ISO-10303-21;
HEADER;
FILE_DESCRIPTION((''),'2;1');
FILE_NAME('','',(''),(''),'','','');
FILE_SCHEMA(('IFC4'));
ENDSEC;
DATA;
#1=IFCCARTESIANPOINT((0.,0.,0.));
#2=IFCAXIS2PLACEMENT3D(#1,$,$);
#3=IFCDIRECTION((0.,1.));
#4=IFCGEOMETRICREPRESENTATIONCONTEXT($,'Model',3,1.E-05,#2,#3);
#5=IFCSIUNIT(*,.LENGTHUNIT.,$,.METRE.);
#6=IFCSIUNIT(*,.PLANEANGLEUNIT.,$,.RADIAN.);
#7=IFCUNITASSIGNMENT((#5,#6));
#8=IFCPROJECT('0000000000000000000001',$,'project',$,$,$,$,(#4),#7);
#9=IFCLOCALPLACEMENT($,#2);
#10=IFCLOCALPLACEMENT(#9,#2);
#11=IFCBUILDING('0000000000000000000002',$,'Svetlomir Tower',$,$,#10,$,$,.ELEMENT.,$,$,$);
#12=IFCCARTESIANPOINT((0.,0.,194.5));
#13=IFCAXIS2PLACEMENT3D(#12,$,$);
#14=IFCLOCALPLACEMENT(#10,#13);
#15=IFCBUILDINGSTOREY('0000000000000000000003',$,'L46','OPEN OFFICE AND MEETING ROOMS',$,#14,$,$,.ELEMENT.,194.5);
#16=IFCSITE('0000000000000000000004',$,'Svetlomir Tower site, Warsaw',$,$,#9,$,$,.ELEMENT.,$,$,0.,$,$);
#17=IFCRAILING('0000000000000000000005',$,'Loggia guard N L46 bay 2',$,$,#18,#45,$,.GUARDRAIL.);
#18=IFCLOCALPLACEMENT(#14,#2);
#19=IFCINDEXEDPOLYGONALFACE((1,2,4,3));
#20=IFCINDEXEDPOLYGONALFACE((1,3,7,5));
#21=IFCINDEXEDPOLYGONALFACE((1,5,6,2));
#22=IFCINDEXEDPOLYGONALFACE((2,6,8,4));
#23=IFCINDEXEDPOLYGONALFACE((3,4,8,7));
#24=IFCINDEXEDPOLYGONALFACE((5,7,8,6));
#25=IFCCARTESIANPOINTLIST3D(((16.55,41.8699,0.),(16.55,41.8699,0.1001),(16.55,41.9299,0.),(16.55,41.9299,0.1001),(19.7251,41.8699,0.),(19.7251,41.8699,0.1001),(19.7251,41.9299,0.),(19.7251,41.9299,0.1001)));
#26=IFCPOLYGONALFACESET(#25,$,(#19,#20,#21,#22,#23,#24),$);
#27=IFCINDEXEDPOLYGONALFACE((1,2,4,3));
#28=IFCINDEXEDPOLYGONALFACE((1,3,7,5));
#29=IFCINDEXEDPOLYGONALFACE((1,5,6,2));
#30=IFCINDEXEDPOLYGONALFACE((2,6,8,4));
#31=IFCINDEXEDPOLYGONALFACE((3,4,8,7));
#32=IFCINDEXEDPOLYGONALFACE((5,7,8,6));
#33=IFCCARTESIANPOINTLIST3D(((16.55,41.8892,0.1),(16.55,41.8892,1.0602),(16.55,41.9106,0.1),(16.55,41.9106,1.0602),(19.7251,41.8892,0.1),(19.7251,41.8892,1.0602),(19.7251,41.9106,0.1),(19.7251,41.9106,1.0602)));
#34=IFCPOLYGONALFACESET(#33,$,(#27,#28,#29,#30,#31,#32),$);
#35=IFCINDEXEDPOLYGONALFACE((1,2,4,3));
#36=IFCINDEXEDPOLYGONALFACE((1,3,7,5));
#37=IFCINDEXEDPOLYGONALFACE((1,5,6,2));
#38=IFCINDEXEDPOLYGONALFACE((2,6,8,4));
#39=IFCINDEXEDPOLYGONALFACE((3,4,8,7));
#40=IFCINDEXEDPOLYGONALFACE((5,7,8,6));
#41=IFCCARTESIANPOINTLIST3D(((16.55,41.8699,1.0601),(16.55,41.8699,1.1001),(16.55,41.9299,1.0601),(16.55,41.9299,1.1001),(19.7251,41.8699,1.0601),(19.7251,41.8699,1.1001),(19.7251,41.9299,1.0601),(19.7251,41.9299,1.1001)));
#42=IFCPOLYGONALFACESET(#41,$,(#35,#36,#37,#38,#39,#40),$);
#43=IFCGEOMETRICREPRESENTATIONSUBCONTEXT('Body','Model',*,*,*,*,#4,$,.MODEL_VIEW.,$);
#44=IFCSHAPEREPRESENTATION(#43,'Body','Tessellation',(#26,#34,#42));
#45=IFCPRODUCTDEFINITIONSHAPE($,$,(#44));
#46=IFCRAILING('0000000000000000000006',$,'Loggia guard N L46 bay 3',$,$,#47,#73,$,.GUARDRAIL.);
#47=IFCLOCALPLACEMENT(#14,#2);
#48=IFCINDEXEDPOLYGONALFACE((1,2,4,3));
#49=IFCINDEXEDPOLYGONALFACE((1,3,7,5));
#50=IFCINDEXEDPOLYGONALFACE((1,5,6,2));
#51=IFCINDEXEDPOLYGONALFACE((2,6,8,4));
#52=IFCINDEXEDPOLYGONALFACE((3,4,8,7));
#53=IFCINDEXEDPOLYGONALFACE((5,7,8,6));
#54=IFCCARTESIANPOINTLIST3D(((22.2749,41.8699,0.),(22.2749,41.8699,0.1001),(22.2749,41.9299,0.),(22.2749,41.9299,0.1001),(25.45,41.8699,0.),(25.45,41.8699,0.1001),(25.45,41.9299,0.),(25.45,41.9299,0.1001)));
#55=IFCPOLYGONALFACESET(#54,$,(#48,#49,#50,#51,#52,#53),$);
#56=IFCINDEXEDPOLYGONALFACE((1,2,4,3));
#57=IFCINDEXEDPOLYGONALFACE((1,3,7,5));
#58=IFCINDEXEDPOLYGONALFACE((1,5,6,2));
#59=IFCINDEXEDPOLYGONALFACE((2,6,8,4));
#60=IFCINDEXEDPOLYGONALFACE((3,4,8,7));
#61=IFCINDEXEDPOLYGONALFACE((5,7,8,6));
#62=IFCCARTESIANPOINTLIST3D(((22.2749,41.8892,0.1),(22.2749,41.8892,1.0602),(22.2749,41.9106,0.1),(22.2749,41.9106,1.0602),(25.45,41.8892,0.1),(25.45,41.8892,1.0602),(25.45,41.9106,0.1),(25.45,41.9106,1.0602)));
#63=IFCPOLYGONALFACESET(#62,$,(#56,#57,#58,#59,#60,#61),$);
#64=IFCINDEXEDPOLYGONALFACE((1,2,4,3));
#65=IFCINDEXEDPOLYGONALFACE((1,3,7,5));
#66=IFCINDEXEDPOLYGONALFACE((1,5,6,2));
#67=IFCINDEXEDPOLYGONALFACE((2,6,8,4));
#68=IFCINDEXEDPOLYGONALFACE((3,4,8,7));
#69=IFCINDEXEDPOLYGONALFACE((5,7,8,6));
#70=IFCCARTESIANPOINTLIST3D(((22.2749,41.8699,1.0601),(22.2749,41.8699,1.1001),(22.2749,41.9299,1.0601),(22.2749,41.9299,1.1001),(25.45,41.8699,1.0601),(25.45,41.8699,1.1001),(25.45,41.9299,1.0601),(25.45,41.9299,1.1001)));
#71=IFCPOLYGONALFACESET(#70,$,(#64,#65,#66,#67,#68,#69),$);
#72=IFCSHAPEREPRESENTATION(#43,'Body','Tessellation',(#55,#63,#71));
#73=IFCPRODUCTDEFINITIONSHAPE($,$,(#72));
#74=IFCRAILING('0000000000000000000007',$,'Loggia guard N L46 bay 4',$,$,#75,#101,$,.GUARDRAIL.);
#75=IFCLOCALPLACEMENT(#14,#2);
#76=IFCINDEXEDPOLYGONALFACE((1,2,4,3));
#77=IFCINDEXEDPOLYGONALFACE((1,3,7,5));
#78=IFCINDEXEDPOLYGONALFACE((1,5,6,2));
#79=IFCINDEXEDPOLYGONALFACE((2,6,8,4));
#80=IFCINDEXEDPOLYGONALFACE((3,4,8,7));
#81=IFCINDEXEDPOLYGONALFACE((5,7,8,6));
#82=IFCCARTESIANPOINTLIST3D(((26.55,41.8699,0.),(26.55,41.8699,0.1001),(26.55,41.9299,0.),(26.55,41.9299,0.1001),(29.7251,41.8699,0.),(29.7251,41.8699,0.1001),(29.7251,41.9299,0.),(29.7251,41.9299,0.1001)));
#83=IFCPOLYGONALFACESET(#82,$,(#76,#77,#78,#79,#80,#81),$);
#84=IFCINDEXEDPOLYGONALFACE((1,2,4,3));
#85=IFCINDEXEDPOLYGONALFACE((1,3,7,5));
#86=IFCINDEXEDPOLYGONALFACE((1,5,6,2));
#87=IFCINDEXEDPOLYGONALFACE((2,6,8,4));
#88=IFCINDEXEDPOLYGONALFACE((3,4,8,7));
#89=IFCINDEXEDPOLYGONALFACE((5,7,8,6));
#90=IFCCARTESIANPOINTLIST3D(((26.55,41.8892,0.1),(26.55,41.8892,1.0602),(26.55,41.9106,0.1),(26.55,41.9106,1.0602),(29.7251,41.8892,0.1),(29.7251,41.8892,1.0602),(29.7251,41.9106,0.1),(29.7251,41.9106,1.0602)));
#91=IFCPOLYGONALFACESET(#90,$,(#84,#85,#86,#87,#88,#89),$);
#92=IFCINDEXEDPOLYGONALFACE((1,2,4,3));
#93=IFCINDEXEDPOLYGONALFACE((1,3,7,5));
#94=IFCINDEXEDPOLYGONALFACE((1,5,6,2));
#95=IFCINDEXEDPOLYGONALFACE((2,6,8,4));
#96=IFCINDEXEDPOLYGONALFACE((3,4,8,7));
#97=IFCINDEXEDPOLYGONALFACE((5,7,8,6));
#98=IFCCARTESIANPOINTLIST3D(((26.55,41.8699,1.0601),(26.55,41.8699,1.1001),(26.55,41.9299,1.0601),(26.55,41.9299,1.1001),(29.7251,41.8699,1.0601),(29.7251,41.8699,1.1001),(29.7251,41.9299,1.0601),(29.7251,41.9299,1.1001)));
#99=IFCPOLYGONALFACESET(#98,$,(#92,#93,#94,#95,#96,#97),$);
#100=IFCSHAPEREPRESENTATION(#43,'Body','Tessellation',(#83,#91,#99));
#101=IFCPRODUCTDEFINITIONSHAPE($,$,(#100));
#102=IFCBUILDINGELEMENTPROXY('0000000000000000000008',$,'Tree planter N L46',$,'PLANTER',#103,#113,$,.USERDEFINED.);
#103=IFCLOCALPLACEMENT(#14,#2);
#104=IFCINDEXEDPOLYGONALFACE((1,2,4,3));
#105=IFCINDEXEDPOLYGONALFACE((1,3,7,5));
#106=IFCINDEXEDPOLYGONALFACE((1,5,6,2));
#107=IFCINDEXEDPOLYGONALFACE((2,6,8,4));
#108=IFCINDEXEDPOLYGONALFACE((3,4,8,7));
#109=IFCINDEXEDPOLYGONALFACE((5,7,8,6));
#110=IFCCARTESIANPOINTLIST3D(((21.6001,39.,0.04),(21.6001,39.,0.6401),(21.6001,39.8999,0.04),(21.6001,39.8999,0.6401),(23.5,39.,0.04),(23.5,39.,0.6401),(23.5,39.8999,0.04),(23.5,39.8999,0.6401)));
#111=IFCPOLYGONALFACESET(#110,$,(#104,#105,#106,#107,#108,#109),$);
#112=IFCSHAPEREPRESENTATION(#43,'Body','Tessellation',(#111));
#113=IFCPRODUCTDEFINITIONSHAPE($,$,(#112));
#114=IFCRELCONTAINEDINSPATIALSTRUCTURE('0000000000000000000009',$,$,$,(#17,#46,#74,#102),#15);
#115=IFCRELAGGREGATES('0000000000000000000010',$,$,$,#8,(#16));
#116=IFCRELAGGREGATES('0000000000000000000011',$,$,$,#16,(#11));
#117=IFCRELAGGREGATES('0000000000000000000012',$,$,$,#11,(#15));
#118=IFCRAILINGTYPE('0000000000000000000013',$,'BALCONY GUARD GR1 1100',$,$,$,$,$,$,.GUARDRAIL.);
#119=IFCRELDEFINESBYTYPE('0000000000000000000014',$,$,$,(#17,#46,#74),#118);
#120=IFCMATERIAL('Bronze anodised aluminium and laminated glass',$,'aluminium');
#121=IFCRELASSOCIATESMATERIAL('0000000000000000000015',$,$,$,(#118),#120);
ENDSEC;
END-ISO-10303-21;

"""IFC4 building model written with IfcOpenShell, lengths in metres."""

from ifc_helpers import new_model, si_unit, direction, frame, origin, origin_2d, place, context, subcontext, project, spatial, rectangle, extrude, material, type_object, element, save


model = new_model("IFC4")

# Units and contexts
model_context = context("Model", 3, precision=1e-05, world=origin(), true_north=direction((0.0, 1.0)))
body_context = subcontext(model_context, "Body", "Model", "MODEL_VIEW")
ifc_project = project(units=[si_unit("LENGTHUNIT", "METRE"), si_unit("PLANEANGLEUNIT", "RADIAN")], contexts=[model_context])

# Site, building, storey
site_placement = place(None, origin())
site = spatial("IfcSite", under=ifc_project, at=site_placement, Name="Svetlomir Tower site, Warsaw", CompositionType="ELEMENT", RefElevation=0.0)
building_placement = place(site_placement, origin())
building = spatial("IfcBuilding", under=site, at=building_placement, Name="Svetlomir Tower", CompositionType="ELEMENT")
storey_placement = place(building_placement, frame((0.0, 0.0, 194.5)))
storey = spatial("IfcBuildingStorey", under=building, at=storey_placement, Name="L46", Description="OPEN OFFICE AND MEETING ROOMS", CompositionType="ELEMENT", Elevation=194.5)

# Railings
ifc_material_1 = material(Name="Bronze anodised aluminium and laminated glass", Category="aluminium")
railing_type = type_object("IfcRailingType", Name="BALCONY GUARD GR1 1100", PredefinedType="GUARDRAIL", material=ifc_material_1)
for number, where, name in (
    (1, (16.55, 41.8999, 0.0), "Loggia guard N L46 bay 2"),
    (2, (22.2749, 41.8999, 0.0), "Loggia guard N L46 bay 3"),
    (3, (26.55, 41.8999, 0.0), "Loggia guard N L46 bay 4"),
):
    element("IfcRailing", number, at=place(storey_placement, frame(where)), inside=storey, type_object=railing_type, Name=name, PredefinedType="GUARDRAIL", context=body_context, shape_type="SweptSolid", body=[
        extrude(rectangle(XDim=0.0601, YDim=0.1001, at=origin_2d()), frame((0.0, 0.0, 0.05), z_axis=(1.0, 0.0, 0.0), x_axis=(0.0, 1.0, 0.0)), (0.0, 0.0, 1.0), 3.175),
        extrude(rectangle(XDim=0.0215, YDim=0.9602, at=origin_2d()), frame((0.0, 0.0, 0.5801), z_axis=(1.0, 0.0, 0.0), x_axis=(0.0, 1.0, 0.0)), (0.0, 0.0, 1.0), 3.175),
        extrude(rectangle(XDim=0.0601, YDim=0.04, at=origin_2d()), frame((0.0, 0.0, 1.0801), z_axis=(1.0, 0.0, 0.0), x_axis=(0.0, 1.0, 0.0)), (0.0, 0.0, 1.0), 3.175),
    ])

# Building element proxy
proxy_placement = place(storey_placement, frame((22.55, 39.45, 0.04), z_axis=(0.0, 0.0, 1.0), x_axis=(1.0, 0.0, 0.0)))
element("IfcBuildingElementProxy", 4, at=proxy_placement, inside=storey, Name="Tree planter N L46", ObjectType="PLANTER", PredefinedType="USERDEFINED", context=body_context, shape_type="SweptSolid", body=[
    extrude(rectangle(XDim=1.8999, YDim=0.8999, at=origin_2d()), origin(), (0.0, 0.0, 1.0), 0.6001),
])

save(model, "model.ifc")
